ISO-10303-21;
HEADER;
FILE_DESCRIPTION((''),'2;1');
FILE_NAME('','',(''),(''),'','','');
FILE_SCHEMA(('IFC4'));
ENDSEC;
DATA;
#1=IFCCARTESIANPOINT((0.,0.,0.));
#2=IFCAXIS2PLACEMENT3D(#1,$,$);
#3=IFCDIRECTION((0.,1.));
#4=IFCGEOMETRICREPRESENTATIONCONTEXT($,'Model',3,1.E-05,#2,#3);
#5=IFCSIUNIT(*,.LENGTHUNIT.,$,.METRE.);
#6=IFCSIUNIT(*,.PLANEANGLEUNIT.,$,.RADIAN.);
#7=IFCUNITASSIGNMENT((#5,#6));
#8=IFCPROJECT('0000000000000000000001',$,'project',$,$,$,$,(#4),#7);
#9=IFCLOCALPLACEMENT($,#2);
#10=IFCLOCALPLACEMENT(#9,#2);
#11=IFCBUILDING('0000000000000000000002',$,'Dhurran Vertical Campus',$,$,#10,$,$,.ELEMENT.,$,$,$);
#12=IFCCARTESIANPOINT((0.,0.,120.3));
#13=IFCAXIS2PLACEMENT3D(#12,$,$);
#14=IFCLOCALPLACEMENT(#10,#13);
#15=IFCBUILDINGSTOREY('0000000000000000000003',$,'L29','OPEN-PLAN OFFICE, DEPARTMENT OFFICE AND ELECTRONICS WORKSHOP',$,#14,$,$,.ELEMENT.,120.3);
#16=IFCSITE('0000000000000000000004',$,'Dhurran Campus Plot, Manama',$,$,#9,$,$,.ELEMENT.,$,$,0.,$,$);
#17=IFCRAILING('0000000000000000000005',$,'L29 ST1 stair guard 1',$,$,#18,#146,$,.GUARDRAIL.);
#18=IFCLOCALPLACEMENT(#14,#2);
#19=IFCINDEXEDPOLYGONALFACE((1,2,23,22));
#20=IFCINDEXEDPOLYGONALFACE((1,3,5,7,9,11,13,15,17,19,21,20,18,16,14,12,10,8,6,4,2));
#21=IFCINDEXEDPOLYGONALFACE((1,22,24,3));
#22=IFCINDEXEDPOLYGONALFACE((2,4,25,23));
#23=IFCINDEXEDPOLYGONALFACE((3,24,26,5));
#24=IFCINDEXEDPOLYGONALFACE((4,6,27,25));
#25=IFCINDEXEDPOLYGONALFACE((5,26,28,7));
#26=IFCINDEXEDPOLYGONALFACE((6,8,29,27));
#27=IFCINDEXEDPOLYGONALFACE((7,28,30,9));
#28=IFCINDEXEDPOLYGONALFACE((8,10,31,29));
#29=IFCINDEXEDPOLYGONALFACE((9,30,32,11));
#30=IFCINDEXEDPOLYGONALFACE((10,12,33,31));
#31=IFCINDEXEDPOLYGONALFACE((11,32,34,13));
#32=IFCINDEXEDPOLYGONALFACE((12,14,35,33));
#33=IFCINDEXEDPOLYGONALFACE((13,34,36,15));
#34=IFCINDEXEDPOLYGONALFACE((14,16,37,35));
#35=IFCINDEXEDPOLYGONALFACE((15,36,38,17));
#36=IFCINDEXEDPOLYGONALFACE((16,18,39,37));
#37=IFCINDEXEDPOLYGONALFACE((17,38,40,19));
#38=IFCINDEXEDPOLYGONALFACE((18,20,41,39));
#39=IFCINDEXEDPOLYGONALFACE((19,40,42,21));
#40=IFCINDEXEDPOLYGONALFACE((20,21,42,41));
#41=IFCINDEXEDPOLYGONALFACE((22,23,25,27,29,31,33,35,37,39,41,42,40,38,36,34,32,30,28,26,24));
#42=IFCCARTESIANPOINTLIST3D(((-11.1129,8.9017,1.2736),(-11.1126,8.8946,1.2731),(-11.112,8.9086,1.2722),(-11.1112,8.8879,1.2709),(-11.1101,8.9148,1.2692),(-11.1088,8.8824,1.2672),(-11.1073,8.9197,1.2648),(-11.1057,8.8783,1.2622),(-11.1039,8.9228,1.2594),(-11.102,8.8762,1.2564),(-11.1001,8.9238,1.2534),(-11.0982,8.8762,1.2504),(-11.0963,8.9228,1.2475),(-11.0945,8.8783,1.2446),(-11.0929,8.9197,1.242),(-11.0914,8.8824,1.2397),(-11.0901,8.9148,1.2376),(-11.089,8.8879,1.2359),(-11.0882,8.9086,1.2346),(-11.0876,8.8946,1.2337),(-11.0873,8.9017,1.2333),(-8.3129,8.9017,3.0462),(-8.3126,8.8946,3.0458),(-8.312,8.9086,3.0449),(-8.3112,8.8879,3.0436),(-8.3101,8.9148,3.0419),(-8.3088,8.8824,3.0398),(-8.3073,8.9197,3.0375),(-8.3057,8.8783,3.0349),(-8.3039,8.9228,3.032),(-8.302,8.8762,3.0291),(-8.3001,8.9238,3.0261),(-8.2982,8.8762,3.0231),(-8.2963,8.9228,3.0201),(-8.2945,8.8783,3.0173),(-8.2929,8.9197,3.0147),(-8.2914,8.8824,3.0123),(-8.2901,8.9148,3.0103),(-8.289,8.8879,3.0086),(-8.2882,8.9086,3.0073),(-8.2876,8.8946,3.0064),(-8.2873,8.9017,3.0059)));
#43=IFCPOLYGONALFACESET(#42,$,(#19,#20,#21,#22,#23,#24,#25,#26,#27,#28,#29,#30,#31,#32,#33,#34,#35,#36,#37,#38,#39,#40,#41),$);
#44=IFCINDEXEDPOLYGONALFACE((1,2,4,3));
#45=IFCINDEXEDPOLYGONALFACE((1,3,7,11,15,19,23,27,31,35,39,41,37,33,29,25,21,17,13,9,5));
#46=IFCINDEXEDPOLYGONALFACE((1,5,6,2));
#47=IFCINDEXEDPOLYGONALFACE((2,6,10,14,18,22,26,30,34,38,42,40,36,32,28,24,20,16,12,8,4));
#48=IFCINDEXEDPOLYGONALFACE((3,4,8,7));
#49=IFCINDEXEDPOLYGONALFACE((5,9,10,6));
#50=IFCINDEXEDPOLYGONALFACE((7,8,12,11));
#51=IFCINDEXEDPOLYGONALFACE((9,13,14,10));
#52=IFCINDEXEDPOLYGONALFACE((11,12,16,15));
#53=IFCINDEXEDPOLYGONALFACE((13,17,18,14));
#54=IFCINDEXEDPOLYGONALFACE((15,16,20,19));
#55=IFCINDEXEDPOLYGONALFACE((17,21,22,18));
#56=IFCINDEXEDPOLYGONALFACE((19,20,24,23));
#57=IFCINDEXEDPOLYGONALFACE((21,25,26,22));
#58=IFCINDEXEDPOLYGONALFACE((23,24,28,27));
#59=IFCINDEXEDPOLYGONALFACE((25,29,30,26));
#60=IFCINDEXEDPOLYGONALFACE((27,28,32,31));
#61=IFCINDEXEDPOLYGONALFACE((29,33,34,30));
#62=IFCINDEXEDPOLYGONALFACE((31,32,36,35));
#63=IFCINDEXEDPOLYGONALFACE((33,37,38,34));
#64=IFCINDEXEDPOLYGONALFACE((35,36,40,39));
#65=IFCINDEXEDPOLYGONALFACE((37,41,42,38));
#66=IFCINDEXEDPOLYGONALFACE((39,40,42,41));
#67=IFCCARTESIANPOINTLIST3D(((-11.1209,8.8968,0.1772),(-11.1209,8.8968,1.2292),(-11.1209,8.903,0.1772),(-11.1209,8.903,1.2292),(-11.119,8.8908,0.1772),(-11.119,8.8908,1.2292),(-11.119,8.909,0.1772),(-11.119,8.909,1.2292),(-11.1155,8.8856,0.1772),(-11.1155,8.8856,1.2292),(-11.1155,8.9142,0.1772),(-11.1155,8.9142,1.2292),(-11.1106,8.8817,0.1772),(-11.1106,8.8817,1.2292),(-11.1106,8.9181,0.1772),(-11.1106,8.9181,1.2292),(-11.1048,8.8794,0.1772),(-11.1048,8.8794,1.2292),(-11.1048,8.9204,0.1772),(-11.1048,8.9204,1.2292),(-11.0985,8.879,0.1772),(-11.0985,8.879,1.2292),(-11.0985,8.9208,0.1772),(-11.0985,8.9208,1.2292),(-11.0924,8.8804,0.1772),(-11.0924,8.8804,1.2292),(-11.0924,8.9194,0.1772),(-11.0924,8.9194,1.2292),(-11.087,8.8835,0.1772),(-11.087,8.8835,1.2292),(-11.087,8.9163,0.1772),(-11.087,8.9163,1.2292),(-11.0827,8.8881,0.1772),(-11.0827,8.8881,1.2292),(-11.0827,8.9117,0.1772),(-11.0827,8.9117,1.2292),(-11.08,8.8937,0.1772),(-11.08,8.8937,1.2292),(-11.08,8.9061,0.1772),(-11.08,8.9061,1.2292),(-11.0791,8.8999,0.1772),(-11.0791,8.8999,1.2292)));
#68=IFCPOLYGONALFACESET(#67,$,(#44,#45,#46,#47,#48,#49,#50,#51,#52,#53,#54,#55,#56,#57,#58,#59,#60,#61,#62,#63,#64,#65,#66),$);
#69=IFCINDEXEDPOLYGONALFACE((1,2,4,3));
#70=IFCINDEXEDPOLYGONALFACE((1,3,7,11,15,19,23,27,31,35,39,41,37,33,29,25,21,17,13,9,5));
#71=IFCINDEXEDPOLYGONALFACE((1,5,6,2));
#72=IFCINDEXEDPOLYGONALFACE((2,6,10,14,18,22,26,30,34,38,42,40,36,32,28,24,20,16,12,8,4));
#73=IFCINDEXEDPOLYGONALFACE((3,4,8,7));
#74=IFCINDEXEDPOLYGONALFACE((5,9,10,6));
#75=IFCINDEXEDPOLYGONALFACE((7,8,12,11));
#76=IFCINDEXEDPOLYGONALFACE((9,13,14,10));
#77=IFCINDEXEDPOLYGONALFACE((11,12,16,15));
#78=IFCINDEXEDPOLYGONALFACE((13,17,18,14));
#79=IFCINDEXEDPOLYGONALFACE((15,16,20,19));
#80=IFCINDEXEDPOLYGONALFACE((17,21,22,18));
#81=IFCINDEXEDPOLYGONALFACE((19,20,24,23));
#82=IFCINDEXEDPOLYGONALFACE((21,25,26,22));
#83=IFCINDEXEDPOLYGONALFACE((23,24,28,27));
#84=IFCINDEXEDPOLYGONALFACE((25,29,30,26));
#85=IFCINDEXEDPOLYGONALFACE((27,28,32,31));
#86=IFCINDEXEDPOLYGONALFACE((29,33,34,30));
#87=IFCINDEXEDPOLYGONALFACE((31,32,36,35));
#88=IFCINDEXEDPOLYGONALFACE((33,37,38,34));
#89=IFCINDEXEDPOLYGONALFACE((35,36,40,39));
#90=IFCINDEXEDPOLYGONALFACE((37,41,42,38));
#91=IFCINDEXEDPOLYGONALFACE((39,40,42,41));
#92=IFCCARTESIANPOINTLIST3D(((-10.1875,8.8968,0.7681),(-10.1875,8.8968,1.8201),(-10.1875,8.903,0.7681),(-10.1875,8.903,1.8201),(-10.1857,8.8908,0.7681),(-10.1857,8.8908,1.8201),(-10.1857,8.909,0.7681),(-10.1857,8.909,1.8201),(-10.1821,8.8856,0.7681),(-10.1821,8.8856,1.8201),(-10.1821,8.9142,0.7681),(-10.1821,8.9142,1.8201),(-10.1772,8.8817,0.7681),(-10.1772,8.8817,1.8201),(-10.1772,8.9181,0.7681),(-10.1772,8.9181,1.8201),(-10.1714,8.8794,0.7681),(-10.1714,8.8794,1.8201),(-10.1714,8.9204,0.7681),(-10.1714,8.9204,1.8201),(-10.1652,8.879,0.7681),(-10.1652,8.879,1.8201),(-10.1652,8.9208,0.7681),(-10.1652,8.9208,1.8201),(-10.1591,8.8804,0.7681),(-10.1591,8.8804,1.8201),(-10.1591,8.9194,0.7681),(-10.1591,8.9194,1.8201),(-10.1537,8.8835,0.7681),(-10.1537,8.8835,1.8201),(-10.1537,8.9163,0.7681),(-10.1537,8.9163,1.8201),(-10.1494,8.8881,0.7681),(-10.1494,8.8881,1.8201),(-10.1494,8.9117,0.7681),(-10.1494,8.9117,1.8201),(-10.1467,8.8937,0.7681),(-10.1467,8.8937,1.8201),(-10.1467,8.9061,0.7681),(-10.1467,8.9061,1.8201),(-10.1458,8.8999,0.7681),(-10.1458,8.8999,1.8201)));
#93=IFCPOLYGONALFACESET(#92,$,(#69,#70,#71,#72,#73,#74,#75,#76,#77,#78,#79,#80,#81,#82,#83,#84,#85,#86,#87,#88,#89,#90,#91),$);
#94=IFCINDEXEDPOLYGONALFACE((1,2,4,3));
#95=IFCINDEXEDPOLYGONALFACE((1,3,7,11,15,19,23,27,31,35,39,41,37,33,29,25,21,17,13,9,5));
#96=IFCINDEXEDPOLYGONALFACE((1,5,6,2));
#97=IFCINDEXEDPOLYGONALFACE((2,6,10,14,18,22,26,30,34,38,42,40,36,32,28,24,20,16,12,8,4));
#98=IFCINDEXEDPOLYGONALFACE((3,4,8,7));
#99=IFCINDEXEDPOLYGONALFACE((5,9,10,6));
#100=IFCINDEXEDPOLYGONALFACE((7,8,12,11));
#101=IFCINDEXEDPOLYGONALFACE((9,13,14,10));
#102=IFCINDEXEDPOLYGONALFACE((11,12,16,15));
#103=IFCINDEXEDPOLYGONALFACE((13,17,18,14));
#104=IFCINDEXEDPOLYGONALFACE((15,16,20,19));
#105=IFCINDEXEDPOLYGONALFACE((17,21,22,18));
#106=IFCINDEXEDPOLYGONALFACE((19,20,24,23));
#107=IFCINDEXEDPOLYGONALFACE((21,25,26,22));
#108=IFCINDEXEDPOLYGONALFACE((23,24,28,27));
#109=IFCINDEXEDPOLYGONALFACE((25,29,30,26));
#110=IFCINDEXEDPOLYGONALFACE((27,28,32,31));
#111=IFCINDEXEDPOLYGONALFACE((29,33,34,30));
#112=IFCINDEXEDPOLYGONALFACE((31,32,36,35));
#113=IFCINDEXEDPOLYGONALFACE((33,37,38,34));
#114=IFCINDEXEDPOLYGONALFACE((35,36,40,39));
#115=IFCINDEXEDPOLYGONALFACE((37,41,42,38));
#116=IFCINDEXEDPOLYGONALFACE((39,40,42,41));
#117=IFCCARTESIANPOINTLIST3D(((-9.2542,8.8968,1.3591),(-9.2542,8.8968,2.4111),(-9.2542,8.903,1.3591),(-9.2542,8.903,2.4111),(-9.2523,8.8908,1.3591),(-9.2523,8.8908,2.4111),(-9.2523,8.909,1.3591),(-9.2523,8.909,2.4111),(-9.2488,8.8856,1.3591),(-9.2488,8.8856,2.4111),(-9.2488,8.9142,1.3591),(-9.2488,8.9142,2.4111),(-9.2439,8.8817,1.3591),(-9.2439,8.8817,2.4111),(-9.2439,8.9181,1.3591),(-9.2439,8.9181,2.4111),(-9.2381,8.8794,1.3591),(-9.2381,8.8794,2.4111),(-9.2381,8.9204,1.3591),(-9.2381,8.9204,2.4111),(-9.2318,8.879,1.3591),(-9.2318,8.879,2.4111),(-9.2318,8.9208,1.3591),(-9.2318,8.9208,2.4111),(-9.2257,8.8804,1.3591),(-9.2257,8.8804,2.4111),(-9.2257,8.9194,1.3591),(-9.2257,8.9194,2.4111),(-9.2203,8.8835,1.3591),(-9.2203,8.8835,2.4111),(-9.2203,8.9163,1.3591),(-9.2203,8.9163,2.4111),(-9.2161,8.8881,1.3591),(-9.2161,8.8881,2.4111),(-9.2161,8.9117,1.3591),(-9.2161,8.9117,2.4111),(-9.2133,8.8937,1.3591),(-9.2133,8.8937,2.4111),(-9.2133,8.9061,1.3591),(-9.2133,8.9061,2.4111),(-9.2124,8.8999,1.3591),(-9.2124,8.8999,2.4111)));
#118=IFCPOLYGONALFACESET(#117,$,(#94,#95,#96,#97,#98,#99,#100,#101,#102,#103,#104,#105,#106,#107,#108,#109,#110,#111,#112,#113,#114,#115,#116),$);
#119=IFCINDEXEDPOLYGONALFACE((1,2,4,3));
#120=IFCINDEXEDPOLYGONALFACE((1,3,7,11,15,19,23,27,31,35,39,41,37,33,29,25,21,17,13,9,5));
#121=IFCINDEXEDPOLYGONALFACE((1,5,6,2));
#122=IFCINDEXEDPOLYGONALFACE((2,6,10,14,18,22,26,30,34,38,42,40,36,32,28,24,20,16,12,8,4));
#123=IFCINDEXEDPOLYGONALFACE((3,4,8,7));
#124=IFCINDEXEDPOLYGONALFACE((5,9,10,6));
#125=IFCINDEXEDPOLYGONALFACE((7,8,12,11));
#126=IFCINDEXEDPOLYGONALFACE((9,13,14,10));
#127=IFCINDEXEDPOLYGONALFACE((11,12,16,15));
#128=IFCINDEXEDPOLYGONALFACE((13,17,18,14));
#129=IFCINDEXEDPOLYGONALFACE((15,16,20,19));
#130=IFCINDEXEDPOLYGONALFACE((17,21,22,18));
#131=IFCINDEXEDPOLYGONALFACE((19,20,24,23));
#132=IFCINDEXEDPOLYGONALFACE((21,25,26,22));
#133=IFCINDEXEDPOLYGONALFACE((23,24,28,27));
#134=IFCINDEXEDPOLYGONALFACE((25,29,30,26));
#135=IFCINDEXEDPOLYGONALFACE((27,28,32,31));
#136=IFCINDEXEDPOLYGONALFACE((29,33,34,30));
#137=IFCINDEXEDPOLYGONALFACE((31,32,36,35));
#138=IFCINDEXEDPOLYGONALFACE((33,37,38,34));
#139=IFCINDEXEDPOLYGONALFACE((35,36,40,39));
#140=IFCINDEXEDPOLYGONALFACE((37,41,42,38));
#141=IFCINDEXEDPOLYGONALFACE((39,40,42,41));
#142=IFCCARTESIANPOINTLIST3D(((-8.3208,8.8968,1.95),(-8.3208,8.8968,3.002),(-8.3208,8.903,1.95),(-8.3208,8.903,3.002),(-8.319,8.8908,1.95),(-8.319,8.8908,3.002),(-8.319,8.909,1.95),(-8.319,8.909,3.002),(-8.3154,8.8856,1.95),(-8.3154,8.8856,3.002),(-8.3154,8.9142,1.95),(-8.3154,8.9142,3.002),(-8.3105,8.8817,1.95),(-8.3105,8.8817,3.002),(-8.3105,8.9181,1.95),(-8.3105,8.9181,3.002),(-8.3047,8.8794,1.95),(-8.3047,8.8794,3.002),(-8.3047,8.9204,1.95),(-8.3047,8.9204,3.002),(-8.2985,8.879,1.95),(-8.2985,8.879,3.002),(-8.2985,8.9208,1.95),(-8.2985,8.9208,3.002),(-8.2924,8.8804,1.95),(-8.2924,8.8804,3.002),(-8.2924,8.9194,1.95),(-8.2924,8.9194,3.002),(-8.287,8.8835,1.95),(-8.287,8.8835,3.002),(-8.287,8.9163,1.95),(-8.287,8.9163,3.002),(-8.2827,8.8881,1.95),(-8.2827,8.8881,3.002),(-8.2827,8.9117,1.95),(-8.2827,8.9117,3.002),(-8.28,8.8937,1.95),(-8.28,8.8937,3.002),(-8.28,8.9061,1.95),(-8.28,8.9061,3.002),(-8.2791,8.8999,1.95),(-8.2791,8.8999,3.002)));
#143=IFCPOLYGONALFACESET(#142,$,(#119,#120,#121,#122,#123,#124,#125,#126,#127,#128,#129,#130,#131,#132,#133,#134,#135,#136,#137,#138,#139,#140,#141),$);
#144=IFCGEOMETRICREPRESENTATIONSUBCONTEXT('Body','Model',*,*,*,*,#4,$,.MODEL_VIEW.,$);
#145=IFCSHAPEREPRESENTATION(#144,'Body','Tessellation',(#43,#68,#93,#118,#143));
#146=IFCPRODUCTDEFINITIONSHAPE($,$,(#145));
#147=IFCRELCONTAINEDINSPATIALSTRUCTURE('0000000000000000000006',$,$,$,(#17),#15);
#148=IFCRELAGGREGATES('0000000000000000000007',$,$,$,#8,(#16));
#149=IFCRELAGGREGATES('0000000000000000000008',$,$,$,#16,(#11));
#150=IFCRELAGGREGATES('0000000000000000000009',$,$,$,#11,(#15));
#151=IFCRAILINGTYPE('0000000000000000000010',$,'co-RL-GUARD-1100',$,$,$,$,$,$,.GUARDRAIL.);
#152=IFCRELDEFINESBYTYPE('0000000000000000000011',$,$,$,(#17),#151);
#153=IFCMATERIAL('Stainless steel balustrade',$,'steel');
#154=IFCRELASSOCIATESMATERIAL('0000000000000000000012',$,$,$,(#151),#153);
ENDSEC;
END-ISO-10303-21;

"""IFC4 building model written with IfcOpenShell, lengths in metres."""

from ifc_helpers import new_model, si_unit, direction, frame, origin, origin_2d, place, context, subcontext, project, spatial, circle, extrude, material, type_object, element, save


model = new_model("IFC4")

# Units and contexts
model_context = context("Model", 3, precision=1e-05, world=origin(), true_north=direction((0.0, 1.0)))
body_context = subcontext(model_context, "Body", "Model", "MODEL_VIEW")
ifc_project = project(units=[si_unit("LENGTHUNIT", "METRE"), si_unit("PLANEANGLEUNIT", "RADIAN")], contexts=[model_context])

# Site, building, storey
site_placement = place(None, origin())
site = spatial("IfcSite", under=ifc_project, at=site_placement, Name="Dhurran Campus Plot, Manama", CompositionType="ELEMENT", RefElevation=0.0)
building_placement = place(site_placement, origin())
building = spatial("IfcBuilding", under=site, at=building_placement, Name="Dhurran Vertical Campus", CompositionType="ELEMENT")
storey_placement = place(building_placement, frame((0.0, 0.0, 120.3)))
storey = spatial("IfcBuildingStorey", under=building, at=storey_placement, Name="L29", Description="OPEN-PLAN OFFICE, DEPARTMENT OFFICE AND ELECTRONICS WORKSHOP", CompositionType="ELEMENT", Elevation=120.3)

# Railing
ifc_material_1 = material(Name="Stainless steel balustrade", Category="steel")
railing_type_1 = type_object("IfcRailingType", Name="co-RL-GUARD-1100", PredefinedType="GUARDRAIL", material=ifc_material_1)
railing_1_placement = place(storey_placement, frame((-11.1001, 8.8999, 0.1772)))
element("IfcRailing", 1, at=railing_1_placement, inside=storey, type_object=railing_type_1, Name="L29 ST1 stair guard 1", PredefinedType="GUARDRAIL", context=body_context, shape_type="SweptSolid", body=[
    extrude(circle(Radius=0.0239, at=origin_2d()), frame((0.0, 0.0, 1.0762), z_axis=(0.844909, 0.0, 0.53491), x_axis=(0.0, 1.0, 0.0)), (0.0, 0.0, 1.0), 3.314),
    extrude(circle(Radius=0.021, at=origin_2d()), origin(), (0.0, 0.0, 1.0), 1.052),
    extrude(circle(Radius=0.021, at=origin_2d()), frame((0.9333, 0.0, 0.5908)), (0.0, 0.0, 1.0), 1.052),
    extrude(circle(Radius=0.021, at=origin_2d()), frame((1.8667, 0.0, 1.1819)), (0.0, 0.0, 1.0), 1.052),
    extrude(circle(Radius=0.021, at=origin_2d()), frame((2.8, 0.0, 1.7727)), (0.0, 0.0, 1.0), 1.052),
])

save(model, "model.ifc")
